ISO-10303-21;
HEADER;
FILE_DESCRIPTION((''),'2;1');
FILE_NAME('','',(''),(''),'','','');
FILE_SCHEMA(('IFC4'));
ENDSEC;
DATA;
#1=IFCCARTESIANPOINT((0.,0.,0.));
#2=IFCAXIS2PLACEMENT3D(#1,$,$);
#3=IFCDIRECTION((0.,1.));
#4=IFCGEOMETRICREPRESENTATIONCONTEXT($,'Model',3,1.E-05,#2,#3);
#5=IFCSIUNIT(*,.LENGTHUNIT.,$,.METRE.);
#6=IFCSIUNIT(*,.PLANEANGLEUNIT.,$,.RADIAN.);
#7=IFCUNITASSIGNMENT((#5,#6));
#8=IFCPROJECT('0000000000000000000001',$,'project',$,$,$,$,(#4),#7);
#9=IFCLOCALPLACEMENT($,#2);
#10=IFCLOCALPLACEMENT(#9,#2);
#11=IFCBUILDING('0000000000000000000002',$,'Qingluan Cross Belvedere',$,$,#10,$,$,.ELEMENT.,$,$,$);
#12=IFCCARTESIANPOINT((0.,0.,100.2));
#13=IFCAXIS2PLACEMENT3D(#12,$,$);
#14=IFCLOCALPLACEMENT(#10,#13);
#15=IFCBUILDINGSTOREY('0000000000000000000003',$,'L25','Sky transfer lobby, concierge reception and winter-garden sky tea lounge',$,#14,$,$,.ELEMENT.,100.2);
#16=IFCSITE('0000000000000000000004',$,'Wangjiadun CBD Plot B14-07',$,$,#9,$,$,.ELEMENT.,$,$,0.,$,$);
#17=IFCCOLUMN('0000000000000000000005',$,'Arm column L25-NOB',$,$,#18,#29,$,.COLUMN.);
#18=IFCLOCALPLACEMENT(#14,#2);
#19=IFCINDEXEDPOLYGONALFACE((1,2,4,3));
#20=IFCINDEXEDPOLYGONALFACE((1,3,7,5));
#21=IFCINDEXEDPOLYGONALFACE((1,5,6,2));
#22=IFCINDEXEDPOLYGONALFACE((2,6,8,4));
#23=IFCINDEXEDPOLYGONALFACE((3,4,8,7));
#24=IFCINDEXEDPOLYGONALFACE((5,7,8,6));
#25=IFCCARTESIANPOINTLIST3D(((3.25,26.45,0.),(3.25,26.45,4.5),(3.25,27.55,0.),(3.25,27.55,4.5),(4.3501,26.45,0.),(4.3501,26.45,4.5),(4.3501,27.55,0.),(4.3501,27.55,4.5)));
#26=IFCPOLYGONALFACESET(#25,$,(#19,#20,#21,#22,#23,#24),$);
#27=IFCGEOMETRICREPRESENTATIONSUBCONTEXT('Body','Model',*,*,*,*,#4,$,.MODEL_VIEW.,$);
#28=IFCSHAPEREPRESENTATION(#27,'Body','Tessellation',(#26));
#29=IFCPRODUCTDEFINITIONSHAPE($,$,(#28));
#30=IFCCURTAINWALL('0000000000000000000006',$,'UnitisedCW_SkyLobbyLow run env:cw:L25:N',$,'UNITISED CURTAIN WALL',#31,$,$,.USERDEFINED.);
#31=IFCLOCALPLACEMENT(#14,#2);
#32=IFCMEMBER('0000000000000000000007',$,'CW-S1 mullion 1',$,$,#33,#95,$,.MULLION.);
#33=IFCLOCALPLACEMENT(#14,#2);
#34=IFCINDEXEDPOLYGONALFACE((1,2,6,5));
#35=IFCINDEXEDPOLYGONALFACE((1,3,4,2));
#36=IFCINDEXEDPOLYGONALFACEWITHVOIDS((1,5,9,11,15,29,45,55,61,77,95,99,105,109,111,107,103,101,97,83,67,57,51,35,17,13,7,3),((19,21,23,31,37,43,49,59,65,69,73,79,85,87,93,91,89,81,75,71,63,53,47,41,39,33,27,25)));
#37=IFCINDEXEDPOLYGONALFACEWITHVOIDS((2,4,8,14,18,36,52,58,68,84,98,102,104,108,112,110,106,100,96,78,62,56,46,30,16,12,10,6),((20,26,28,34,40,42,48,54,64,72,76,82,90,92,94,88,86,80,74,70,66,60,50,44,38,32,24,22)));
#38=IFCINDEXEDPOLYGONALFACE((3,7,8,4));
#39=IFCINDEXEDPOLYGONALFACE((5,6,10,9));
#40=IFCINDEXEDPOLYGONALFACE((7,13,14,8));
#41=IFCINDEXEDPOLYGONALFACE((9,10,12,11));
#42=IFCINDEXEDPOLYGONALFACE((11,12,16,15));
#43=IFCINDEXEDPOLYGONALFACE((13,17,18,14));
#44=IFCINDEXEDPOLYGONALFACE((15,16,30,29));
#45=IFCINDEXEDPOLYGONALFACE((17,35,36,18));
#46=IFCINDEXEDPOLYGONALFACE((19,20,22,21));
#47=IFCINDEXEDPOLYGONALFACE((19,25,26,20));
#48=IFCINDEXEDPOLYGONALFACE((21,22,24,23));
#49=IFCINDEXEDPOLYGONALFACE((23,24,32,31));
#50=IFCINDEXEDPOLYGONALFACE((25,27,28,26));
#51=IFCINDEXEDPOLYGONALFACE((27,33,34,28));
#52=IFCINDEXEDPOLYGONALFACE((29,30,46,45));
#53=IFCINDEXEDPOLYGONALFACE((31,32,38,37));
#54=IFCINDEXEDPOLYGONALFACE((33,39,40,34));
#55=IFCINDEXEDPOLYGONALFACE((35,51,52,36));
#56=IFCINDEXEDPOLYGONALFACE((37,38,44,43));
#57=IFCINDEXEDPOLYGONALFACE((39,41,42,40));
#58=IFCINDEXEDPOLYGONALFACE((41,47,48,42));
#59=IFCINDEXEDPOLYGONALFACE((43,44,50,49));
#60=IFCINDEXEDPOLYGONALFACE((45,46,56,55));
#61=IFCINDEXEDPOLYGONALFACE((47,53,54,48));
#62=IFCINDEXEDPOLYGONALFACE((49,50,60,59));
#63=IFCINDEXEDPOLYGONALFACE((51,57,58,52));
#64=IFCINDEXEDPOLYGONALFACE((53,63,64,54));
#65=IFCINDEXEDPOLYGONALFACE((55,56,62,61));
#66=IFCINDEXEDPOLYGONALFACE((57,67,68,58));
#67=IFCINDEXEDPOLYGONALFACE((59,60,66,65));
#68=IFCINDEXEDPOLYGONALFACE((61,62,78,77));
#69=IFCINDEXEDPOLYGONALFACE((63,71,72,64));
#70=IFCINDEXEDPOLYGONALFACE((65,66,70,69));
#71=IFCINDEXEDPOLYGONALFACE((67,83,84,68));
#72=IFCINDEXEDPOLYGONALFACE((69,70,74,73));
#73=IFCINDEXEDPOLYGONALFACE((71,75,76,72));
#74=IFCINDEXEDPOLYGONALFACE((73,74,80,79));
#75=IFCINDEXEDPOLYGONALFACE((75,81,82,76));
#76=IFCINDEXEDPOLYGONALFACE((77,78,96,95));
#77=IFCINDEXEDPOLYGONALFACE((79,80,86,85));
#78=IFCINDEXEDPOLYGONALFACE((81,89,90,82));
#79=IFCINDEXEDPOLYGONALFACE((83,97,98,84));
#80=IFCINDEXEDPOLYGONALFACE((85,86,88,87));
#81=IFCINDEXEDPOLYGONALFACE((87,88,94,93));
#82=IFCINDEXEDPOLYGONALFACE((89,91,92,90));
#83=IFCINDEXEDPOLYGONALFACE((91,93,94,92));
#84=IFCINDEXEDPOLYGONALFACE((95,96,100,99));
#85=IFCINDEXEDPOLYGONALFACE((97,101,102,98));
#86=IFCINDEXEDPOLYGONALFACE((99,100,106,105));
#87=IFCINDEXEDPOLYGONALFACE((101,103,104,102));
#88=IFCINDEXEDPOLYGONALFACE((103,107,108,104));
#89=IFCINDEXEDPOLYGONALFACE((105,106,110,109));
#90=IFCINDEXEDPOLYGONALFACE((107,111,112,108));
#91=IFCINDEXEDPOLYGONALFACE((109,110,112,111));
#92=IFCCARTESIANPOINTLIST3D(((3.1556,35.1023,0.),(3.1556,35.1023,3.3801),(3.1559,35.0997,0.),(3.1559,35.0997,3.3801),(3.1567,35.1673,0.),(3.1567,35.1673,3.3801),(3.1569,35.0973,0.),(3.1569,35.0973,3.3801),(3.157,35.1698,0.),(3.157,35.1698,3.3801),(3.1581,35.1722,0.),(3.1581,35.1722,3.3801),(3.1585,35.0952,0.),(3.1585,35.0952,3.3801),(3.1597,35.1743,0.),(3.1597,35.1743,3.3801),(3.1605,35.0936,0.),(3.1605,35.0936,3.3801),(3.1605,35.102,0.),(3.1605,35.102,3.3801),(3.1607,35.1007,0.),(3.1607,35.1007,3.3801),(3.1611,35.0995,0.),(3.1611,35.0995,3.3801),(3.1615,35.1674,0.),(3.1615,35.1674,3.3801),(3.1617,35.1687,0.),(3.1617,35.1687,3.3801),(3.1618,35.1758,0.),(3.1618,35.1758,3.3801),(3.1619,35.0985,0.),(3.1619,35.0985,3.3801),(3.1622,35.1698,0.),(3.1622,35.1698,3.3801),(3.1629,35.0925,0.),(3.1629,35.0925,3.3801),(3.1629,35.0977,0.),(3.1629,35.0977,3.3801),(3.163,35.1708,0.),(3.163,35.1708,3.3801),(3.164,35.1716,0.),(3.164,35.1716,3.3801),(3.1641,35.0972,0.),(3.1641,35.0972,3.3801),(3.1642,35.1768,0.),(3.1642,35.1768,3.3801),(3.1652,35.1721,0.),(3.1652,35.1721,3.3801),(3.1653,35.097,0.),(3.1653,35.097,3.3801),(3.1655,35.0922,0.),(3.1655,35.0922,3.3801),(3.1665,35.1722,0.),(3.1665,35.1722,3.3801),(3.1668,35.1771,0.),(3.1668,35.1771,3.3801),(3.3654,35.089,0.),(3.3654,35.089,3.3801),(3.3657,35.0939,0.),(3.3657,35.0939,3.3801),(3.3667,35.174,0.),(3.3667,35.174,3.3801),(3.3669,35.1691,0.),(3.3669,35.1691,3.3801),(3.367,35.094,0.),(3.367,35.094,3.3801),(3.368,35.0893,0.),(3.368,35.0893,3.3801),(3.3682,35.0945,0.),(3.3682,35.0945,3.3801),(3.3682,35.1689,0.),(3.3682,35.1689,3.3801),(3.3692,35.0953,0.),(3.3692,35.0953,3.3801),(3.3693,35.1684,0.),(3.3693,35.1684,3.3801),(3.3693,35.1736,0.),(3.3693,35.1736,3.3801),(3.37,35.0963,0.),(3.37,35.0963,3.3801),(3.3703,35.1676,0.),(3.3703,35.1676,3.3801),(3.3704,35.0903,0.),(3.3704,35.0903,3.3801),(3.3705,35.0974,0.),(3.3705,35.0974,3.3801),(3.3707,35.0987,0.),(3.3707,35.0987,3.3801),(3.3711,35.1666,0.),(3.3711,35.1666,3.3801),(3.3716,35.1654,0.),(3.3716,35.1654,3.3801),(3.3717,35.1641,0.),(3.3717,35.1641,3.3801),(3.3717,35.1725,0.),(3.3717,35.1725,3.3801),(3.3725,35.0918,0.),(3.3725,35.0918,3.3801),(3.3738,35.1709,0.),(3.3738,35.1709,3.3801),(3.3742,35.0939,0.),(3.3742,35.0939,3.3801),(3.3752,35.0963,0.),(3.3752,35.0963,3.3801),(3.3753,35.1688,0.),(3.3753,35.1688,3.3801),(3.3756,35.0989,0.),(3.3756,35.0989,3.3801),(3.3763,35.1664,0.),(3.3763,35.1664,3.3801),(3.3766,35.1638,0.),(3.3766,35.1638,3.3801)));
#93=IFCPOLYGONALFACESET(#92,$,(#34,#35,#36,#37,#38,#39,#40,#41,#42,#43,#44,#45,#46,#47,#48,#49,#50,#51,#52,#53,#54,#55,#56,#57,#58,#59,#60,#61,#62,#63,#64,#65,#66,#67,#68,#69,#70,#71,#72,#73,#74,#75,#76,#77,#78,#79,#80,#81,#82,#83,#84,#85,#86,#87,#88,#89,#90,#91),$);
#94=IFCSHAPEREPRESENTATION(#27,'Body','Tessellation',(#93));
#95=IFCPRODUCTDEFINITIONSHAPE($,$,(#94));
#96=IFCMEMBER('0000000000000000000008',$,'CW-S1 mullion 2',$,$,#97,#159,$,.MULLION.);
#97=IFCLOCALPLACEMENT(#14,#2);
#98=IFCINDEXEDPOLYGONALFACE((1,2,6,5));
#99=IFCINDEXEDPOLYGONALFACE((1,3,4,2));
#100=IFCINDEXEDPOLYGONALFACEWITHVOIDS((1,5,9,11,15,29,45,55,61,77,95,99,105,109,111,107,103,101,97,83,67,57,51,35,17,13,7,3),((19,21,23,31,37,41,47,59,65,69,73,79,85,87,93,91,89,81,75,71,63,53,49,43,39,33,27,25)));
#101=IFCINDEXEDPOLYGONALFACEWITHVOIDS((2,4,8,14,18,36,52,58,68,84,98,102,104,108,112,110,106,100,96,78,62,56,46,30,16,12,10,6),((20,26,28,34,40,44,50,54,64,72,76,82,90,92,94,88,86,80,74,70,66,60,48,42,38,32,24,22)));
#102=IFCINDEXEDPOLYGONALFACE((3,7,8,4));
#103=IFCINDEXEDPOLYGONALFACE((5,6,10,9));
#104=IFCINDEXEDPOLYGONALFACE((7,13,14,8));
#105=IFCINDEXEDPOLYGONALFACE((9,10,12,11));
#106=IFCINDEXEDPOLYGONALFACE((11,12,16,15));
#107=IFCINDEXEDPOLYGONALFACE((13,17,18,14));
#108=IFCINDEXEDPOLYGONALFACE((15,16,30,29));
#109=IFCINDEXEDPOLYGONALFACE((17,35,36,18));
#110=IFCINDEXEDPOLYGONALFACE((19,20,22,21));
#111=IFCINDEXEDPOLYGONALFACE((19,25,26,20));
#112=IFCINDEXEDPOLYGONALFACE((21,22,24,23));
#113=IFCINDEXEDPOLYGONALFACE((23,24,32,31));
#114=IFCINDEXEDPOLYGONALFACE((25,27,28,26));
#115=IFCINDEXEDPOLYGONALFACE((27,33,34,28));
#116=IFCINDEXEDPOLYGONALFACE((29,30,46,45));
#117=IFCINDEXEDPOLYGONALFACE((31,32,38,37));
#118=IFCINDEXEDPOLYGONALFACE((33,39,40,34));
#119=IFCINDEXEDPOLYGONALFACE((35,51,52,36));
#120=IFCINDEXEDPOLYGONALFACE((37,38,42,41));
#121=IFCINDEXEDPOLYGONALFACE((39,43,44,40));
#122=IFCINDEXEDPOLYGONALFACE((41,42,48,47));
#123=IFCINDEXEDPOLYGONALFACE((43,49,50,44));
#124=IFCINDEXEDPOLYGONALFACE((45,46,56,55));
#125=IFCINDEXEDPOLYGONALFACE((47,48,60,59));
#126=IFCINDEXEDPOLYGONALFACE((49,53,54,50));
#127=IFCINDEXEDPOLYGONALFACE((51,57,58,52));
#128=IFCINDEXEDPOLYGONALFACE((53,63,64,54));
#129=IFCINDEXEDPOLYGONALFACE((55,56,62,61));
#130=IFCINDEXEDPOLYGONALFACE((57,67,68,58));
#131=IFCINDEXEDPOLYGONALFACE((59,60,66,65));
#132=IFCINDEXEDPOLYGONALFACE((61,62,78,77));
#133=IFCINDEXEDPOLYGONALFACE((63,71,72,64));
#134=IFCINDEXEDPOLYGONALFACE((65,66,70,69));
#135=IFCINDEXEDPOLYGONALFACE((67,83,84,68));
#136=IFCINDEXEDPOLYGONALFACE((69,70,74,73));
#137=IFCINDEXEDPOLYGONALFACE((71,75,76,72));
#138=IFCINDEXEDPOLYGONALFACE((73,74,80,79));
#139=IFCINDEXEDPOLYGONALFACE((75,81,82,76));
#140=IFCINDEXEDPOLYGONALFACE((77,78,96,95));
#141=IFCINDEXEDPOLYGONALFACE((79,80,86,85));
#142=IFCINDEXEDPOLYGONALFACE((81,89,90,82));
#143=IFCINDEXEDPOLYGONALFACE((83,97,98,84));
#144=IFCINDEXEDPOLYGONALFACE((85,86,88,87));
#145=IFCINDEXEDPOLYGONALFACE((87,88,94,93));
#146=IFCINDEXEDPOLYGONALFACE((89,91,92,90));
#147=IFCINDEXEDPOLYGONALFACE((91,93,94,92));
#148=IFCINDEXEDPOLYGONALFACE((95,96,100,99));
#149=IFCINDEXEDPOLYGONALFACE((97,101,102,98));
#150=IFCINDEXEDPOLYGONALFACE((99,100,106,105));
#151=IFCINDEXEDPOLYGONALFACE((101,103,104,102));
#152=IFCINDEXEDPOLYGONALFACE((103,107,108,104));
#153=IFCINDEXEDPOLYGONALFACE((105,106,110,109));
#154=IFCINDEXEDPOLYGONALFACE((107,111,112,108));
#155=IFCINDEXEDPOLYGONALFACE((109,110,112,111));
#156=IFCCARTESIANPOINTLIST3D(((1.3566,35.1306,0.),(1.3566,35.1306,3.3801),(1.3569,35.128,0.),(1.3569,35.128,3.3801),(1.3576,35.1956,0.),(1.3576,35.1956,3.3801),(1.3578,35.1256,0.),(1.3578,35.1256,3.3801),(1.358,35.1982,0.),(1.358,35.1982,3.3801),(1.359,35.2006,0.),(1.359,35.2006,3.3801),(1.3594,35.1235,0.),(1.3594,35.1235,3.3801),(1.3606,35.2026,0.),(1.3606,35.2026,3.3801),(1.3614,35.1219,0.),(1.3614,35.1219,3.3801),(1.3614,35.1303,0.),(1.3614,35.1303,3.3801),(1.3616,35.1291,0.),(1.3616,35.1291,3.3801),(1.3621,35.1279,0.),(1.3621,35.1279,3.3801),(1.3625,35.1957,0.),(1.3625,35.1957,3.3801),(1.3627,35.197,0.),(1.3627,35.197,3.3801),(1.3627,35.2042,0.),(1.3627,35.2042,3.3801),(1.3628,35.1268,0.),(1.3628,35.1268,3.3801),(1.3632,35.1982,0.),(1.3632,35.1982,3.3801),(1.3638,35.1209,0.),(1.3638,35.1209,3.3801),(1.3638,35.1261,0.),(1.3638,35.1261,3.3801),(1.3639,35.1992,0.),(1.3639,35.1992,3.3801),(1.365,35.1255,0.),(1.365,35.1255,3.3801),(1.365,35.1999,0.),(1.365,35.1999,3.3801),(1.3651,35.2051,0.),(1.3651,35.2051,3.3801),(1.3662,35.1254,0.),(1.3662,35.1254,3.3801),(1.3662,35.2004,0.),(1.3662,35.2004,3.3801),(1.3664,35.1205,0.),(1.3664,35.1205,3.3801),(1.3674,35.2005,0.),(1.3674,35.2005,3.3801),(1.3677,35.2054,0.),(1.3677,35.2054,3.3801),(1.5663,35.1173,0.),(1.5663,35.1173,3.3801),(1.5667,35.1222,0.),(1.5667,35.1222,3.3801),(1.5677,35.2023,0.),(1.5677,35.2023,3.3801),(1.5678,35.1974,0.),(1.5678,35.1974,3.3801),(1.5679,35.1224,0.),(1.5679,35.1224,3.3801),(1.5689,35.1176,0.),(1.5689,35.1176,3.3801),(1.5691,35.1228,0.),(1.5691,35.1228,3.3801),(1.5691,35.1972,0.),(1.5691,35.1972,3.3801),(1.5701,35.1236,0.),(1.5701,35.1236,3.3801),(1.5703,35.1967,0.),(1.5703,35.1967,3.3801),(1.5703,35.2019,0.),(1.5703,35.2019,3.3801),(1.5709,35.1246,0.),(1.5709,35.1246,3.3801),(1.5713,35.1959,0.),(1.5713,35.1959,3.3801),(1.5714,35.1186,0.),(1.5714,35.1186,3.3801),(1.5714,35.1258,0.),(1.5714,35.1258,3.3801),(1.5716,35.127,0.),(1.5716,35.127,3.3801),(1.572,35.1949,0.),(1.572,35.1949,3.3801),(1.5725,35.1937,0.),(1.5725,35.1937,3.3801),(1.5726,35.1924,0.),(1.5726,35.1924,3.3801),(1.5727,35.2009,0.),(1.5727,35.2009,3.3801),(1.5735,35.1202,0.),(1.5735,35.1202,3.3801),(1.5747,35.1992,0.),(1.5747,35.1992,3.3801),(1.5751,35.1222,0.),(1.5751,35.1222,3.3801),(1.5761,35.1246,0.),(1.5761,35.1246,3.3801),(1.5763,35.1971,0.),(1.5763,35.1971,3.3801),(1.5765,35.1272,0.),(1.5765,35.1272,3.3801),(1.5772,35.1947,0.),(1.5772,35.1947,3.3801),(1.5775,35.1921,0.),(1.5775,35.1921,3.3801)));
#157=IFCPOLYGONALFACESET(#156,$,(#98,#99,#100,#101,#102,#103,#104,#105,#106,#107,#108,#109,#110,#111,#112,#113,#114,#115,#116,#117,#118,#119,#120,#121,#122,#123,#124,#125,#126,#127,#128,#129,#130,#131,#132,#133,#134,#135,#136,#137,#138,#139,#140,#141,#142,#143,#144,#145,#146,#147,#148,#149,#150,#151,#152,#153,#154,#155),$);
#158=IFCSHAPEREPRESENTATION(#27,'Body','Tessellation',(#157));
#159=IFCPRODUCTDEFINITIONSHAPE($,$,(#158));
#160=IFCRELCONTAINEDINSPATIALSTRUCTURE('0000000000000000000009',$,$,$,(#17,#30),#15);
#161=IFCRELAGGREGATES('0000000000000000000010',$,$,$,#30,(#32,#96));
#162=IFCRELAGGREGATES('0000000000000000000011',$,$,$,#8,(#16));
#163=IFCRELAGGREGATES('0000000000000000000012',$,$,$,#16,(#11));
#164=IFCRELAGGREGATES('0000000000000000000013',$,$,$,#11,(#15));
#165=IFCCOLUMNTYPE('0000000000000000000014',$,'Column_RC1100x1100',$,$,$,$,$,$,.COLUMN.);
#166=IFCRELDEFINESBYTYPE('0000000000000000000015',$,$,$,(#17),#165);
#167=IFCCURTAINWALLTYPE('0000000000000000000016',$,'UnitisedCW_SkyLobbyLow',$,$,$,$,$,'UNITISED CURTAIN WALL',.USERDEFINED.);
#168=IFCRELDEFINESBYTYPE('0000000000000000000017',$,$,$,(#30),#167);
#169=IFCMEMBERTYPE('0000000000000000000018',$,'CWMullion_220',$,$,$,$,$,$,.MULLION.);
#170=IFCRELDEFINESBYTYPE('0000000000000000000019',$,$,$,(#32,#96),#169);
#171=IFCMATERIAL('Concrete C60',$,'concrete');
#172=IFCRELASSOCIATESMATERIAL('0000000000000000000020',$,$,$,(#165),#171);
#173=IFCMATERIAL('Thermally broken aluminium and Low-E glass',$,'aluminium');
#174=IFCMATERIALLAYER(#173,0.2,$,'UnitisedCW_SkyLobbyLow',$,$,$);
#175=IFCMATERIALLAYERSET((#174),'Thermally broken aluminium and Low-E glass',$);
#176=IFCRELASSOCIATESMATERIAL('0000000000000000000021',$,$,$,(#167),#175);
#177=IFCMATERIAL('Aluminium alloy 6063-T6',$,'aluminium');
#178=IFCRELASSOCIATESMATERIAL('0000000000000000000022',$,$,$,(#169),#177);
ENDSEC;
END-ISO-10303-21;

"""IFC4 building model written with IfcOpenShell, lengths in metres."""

from ifc_helpers import new_model, si_unit, direction, frame, origin, origin_2d, place, context, subcontext, project, spatial, rectangle, hollow_rectangle, extrude, material, layer, layer_set, material_profile, profile_set, type_object, element, aggregate, save


model = new_model("IFC4")

# Units and contexts
model_context = context("Model", 3, precision=1e-05, world=origin(), true_north=direction((0.0, 1.0)))
body_context = subcontext(model_context, "Body", "Model", "MODEL_VIEW")
ifc_project = project(units=[si_unit("LENGTHUNIT", "METRE"), si_unit("PLANEANGLEUNIT", "RADIAN")], contexts=[model_context])

# Site, building, storey
site_placement = place(None, origin())
site = spatial("IfcSite", under=ifc_project, at=site_placement, Name="Wangjiadun CBD Plot B14-07", CompositionType="ELEMENT", RefElevation=0.0)
building_placement = place(site_placement, origin())
building = spatial("IfcBuilding", under=site, at=building_placement, Name="Qingluan Cross Belvedere", CompositionType="ELEMENT")
storey_placement = place(building_placement, frame((0.0, 0.0, 100.2)))
storey = spatial("IfcBuildingStorey", under=building, at=storey_placement, Name="L25", Description="Sky transfer lobby, concierge reception and winter-garden sky tea lounge", CompositionType="ELEMENT", Elevation=100.2)

# Column
ifc_material_1 = material(Name="Concrete C60", Category="concrete")
ifc_material_profile_1 = material_profile(ifc_material_1, rectangle(XDim=1.1001, YDim=1.1001, at=origin_2d()), Name="RC1100x1100")
ifc_profile_set_1 = profile_set([ifc_material_profile_1], Name="Concrete C60")
column_type = type_object("IfcColumnType", Name="Column_RC1100x1100", PredefinedType="COLUMN", material=ifc_profile_set_1)
column_placement = place(storey_placement, frame((3.8, 27.0, 0.0), z_axis=(0.0, 0.0, 1.0), x_axis=(1.0, 0.0, 0.0)))
element("IfcColumn", 1, at=column_placement, inside=storey, type_object=column_type, Name="Arm column L25-NOB", PredefinedType="COLUMN", context=body_context, shape_type="SweptSolid", body=[
    extrude(rectangle(XDim=1.1001, YDim=1.1001, at=origin_2d()), origin(), (0.0, 0.0, 1.0), 4.5),
])

# Curtain wall, members
ifc_material_2 = material(Name="Thermally broken aluminium and Low-E glass", Category="aluminium")
ifc_layer_1 = layer(ifc_material_2, 0.2, Name="UnitisedCW_SkyLobbyLow")
ifc_layer_set_1 = layer_set([ifc_layer_1], Name="Thermally broken aluminium and Low-E glass")
curtain_wall_type = type_object("IfcCurtainWallType", Name="UnitisedCW_SkyLobbyLow", ElementType="UNITISED CURTAIN WALL", PredefinedType="USERDEFINED", material=ifc_layer_set_1)
curtain_wall_placement = place(storey_placement, origin())
curtain_wall = element("IfcCurtainWall", 2, at=curtain_wall_placement, inside=storey, type_object=curtain_wall_type, Name="UnitisedCW_SkyLobbyLow run env:cw:L25:N", ObjectType="UNITISED CURTAIN WALL", PredefinedType="USERDEFINED")
ifc_material_3 = material(Name="Aluminium alloy 6063-T6", Category="aluminium")
ifc_material_profile_2 = material_profile(ifc_material_3, hollow_rectangle(XDim=0.085, YDim=0.22, WallThickness=0.0049, InnerFilletRadius=0.0049, OuterFilletRadius=0.01, at=origin_2d()), Name="CWM220x85x5")
ifc_profile_set_2 = profile_set([ifc_material_profile_2], Name="Aluminium alloy 6063-T6")
member_type_1 = type_object("IfcMemberType", Name="CWMullion_220", PredefinedType="MULLION", material=ifc_profile_set_2)
member_1_placement = place(storey_placement, frame((3.2661, 35.1331, 0.0), z_axis=(0.0, 0.0, 1.0), x_axis=(-0.015707, -0.999877, 0.0)))
member_1 = element("IfcMember", 3, at=member_1_placement, type_object=member_type_1, Name="CW-S1 mullion 1", PredefinedType="MULLION", context=body_context, shape_type="SweptSolid", body=[
    extrude(hollow_rectangle(XDim=0.085, YDim=0.22, WallThickness=0.0049, InnerFilletRadius=0.0049, OuterFilletRadius=0.01, at=origin_2d()), origin(), (0.0, 0.0, 1.0), 3.3801),
])
member_2_placement = place(storey_placement, frame((1.467, 35.1614, 0.0), z_axis=(0.0, 0.0, 1.0), x_axis=(-0.015707, -0.999877, 0.0)))
member_2 = element("IfcMember", 4, at=member_2_placement, type_object=member_type_1, Name="CW-S1 mullion 2", PredefinedType="MULLION", context=body_context, shape_type="SweptSolid", body=[
    extrude(hollow_rectangle(XDim=0.085, YDim=0.22, WallThickness=0.0049, InnerFilletRadius=0.0049, OuterFilletRadius=0.01, at=origin_2d()), origin(), (0.0, 0.0, 1.0), 3.3801),
])
aggregate(curtain_wall, [member_1, member_2])

save(model, "model.ifc")
